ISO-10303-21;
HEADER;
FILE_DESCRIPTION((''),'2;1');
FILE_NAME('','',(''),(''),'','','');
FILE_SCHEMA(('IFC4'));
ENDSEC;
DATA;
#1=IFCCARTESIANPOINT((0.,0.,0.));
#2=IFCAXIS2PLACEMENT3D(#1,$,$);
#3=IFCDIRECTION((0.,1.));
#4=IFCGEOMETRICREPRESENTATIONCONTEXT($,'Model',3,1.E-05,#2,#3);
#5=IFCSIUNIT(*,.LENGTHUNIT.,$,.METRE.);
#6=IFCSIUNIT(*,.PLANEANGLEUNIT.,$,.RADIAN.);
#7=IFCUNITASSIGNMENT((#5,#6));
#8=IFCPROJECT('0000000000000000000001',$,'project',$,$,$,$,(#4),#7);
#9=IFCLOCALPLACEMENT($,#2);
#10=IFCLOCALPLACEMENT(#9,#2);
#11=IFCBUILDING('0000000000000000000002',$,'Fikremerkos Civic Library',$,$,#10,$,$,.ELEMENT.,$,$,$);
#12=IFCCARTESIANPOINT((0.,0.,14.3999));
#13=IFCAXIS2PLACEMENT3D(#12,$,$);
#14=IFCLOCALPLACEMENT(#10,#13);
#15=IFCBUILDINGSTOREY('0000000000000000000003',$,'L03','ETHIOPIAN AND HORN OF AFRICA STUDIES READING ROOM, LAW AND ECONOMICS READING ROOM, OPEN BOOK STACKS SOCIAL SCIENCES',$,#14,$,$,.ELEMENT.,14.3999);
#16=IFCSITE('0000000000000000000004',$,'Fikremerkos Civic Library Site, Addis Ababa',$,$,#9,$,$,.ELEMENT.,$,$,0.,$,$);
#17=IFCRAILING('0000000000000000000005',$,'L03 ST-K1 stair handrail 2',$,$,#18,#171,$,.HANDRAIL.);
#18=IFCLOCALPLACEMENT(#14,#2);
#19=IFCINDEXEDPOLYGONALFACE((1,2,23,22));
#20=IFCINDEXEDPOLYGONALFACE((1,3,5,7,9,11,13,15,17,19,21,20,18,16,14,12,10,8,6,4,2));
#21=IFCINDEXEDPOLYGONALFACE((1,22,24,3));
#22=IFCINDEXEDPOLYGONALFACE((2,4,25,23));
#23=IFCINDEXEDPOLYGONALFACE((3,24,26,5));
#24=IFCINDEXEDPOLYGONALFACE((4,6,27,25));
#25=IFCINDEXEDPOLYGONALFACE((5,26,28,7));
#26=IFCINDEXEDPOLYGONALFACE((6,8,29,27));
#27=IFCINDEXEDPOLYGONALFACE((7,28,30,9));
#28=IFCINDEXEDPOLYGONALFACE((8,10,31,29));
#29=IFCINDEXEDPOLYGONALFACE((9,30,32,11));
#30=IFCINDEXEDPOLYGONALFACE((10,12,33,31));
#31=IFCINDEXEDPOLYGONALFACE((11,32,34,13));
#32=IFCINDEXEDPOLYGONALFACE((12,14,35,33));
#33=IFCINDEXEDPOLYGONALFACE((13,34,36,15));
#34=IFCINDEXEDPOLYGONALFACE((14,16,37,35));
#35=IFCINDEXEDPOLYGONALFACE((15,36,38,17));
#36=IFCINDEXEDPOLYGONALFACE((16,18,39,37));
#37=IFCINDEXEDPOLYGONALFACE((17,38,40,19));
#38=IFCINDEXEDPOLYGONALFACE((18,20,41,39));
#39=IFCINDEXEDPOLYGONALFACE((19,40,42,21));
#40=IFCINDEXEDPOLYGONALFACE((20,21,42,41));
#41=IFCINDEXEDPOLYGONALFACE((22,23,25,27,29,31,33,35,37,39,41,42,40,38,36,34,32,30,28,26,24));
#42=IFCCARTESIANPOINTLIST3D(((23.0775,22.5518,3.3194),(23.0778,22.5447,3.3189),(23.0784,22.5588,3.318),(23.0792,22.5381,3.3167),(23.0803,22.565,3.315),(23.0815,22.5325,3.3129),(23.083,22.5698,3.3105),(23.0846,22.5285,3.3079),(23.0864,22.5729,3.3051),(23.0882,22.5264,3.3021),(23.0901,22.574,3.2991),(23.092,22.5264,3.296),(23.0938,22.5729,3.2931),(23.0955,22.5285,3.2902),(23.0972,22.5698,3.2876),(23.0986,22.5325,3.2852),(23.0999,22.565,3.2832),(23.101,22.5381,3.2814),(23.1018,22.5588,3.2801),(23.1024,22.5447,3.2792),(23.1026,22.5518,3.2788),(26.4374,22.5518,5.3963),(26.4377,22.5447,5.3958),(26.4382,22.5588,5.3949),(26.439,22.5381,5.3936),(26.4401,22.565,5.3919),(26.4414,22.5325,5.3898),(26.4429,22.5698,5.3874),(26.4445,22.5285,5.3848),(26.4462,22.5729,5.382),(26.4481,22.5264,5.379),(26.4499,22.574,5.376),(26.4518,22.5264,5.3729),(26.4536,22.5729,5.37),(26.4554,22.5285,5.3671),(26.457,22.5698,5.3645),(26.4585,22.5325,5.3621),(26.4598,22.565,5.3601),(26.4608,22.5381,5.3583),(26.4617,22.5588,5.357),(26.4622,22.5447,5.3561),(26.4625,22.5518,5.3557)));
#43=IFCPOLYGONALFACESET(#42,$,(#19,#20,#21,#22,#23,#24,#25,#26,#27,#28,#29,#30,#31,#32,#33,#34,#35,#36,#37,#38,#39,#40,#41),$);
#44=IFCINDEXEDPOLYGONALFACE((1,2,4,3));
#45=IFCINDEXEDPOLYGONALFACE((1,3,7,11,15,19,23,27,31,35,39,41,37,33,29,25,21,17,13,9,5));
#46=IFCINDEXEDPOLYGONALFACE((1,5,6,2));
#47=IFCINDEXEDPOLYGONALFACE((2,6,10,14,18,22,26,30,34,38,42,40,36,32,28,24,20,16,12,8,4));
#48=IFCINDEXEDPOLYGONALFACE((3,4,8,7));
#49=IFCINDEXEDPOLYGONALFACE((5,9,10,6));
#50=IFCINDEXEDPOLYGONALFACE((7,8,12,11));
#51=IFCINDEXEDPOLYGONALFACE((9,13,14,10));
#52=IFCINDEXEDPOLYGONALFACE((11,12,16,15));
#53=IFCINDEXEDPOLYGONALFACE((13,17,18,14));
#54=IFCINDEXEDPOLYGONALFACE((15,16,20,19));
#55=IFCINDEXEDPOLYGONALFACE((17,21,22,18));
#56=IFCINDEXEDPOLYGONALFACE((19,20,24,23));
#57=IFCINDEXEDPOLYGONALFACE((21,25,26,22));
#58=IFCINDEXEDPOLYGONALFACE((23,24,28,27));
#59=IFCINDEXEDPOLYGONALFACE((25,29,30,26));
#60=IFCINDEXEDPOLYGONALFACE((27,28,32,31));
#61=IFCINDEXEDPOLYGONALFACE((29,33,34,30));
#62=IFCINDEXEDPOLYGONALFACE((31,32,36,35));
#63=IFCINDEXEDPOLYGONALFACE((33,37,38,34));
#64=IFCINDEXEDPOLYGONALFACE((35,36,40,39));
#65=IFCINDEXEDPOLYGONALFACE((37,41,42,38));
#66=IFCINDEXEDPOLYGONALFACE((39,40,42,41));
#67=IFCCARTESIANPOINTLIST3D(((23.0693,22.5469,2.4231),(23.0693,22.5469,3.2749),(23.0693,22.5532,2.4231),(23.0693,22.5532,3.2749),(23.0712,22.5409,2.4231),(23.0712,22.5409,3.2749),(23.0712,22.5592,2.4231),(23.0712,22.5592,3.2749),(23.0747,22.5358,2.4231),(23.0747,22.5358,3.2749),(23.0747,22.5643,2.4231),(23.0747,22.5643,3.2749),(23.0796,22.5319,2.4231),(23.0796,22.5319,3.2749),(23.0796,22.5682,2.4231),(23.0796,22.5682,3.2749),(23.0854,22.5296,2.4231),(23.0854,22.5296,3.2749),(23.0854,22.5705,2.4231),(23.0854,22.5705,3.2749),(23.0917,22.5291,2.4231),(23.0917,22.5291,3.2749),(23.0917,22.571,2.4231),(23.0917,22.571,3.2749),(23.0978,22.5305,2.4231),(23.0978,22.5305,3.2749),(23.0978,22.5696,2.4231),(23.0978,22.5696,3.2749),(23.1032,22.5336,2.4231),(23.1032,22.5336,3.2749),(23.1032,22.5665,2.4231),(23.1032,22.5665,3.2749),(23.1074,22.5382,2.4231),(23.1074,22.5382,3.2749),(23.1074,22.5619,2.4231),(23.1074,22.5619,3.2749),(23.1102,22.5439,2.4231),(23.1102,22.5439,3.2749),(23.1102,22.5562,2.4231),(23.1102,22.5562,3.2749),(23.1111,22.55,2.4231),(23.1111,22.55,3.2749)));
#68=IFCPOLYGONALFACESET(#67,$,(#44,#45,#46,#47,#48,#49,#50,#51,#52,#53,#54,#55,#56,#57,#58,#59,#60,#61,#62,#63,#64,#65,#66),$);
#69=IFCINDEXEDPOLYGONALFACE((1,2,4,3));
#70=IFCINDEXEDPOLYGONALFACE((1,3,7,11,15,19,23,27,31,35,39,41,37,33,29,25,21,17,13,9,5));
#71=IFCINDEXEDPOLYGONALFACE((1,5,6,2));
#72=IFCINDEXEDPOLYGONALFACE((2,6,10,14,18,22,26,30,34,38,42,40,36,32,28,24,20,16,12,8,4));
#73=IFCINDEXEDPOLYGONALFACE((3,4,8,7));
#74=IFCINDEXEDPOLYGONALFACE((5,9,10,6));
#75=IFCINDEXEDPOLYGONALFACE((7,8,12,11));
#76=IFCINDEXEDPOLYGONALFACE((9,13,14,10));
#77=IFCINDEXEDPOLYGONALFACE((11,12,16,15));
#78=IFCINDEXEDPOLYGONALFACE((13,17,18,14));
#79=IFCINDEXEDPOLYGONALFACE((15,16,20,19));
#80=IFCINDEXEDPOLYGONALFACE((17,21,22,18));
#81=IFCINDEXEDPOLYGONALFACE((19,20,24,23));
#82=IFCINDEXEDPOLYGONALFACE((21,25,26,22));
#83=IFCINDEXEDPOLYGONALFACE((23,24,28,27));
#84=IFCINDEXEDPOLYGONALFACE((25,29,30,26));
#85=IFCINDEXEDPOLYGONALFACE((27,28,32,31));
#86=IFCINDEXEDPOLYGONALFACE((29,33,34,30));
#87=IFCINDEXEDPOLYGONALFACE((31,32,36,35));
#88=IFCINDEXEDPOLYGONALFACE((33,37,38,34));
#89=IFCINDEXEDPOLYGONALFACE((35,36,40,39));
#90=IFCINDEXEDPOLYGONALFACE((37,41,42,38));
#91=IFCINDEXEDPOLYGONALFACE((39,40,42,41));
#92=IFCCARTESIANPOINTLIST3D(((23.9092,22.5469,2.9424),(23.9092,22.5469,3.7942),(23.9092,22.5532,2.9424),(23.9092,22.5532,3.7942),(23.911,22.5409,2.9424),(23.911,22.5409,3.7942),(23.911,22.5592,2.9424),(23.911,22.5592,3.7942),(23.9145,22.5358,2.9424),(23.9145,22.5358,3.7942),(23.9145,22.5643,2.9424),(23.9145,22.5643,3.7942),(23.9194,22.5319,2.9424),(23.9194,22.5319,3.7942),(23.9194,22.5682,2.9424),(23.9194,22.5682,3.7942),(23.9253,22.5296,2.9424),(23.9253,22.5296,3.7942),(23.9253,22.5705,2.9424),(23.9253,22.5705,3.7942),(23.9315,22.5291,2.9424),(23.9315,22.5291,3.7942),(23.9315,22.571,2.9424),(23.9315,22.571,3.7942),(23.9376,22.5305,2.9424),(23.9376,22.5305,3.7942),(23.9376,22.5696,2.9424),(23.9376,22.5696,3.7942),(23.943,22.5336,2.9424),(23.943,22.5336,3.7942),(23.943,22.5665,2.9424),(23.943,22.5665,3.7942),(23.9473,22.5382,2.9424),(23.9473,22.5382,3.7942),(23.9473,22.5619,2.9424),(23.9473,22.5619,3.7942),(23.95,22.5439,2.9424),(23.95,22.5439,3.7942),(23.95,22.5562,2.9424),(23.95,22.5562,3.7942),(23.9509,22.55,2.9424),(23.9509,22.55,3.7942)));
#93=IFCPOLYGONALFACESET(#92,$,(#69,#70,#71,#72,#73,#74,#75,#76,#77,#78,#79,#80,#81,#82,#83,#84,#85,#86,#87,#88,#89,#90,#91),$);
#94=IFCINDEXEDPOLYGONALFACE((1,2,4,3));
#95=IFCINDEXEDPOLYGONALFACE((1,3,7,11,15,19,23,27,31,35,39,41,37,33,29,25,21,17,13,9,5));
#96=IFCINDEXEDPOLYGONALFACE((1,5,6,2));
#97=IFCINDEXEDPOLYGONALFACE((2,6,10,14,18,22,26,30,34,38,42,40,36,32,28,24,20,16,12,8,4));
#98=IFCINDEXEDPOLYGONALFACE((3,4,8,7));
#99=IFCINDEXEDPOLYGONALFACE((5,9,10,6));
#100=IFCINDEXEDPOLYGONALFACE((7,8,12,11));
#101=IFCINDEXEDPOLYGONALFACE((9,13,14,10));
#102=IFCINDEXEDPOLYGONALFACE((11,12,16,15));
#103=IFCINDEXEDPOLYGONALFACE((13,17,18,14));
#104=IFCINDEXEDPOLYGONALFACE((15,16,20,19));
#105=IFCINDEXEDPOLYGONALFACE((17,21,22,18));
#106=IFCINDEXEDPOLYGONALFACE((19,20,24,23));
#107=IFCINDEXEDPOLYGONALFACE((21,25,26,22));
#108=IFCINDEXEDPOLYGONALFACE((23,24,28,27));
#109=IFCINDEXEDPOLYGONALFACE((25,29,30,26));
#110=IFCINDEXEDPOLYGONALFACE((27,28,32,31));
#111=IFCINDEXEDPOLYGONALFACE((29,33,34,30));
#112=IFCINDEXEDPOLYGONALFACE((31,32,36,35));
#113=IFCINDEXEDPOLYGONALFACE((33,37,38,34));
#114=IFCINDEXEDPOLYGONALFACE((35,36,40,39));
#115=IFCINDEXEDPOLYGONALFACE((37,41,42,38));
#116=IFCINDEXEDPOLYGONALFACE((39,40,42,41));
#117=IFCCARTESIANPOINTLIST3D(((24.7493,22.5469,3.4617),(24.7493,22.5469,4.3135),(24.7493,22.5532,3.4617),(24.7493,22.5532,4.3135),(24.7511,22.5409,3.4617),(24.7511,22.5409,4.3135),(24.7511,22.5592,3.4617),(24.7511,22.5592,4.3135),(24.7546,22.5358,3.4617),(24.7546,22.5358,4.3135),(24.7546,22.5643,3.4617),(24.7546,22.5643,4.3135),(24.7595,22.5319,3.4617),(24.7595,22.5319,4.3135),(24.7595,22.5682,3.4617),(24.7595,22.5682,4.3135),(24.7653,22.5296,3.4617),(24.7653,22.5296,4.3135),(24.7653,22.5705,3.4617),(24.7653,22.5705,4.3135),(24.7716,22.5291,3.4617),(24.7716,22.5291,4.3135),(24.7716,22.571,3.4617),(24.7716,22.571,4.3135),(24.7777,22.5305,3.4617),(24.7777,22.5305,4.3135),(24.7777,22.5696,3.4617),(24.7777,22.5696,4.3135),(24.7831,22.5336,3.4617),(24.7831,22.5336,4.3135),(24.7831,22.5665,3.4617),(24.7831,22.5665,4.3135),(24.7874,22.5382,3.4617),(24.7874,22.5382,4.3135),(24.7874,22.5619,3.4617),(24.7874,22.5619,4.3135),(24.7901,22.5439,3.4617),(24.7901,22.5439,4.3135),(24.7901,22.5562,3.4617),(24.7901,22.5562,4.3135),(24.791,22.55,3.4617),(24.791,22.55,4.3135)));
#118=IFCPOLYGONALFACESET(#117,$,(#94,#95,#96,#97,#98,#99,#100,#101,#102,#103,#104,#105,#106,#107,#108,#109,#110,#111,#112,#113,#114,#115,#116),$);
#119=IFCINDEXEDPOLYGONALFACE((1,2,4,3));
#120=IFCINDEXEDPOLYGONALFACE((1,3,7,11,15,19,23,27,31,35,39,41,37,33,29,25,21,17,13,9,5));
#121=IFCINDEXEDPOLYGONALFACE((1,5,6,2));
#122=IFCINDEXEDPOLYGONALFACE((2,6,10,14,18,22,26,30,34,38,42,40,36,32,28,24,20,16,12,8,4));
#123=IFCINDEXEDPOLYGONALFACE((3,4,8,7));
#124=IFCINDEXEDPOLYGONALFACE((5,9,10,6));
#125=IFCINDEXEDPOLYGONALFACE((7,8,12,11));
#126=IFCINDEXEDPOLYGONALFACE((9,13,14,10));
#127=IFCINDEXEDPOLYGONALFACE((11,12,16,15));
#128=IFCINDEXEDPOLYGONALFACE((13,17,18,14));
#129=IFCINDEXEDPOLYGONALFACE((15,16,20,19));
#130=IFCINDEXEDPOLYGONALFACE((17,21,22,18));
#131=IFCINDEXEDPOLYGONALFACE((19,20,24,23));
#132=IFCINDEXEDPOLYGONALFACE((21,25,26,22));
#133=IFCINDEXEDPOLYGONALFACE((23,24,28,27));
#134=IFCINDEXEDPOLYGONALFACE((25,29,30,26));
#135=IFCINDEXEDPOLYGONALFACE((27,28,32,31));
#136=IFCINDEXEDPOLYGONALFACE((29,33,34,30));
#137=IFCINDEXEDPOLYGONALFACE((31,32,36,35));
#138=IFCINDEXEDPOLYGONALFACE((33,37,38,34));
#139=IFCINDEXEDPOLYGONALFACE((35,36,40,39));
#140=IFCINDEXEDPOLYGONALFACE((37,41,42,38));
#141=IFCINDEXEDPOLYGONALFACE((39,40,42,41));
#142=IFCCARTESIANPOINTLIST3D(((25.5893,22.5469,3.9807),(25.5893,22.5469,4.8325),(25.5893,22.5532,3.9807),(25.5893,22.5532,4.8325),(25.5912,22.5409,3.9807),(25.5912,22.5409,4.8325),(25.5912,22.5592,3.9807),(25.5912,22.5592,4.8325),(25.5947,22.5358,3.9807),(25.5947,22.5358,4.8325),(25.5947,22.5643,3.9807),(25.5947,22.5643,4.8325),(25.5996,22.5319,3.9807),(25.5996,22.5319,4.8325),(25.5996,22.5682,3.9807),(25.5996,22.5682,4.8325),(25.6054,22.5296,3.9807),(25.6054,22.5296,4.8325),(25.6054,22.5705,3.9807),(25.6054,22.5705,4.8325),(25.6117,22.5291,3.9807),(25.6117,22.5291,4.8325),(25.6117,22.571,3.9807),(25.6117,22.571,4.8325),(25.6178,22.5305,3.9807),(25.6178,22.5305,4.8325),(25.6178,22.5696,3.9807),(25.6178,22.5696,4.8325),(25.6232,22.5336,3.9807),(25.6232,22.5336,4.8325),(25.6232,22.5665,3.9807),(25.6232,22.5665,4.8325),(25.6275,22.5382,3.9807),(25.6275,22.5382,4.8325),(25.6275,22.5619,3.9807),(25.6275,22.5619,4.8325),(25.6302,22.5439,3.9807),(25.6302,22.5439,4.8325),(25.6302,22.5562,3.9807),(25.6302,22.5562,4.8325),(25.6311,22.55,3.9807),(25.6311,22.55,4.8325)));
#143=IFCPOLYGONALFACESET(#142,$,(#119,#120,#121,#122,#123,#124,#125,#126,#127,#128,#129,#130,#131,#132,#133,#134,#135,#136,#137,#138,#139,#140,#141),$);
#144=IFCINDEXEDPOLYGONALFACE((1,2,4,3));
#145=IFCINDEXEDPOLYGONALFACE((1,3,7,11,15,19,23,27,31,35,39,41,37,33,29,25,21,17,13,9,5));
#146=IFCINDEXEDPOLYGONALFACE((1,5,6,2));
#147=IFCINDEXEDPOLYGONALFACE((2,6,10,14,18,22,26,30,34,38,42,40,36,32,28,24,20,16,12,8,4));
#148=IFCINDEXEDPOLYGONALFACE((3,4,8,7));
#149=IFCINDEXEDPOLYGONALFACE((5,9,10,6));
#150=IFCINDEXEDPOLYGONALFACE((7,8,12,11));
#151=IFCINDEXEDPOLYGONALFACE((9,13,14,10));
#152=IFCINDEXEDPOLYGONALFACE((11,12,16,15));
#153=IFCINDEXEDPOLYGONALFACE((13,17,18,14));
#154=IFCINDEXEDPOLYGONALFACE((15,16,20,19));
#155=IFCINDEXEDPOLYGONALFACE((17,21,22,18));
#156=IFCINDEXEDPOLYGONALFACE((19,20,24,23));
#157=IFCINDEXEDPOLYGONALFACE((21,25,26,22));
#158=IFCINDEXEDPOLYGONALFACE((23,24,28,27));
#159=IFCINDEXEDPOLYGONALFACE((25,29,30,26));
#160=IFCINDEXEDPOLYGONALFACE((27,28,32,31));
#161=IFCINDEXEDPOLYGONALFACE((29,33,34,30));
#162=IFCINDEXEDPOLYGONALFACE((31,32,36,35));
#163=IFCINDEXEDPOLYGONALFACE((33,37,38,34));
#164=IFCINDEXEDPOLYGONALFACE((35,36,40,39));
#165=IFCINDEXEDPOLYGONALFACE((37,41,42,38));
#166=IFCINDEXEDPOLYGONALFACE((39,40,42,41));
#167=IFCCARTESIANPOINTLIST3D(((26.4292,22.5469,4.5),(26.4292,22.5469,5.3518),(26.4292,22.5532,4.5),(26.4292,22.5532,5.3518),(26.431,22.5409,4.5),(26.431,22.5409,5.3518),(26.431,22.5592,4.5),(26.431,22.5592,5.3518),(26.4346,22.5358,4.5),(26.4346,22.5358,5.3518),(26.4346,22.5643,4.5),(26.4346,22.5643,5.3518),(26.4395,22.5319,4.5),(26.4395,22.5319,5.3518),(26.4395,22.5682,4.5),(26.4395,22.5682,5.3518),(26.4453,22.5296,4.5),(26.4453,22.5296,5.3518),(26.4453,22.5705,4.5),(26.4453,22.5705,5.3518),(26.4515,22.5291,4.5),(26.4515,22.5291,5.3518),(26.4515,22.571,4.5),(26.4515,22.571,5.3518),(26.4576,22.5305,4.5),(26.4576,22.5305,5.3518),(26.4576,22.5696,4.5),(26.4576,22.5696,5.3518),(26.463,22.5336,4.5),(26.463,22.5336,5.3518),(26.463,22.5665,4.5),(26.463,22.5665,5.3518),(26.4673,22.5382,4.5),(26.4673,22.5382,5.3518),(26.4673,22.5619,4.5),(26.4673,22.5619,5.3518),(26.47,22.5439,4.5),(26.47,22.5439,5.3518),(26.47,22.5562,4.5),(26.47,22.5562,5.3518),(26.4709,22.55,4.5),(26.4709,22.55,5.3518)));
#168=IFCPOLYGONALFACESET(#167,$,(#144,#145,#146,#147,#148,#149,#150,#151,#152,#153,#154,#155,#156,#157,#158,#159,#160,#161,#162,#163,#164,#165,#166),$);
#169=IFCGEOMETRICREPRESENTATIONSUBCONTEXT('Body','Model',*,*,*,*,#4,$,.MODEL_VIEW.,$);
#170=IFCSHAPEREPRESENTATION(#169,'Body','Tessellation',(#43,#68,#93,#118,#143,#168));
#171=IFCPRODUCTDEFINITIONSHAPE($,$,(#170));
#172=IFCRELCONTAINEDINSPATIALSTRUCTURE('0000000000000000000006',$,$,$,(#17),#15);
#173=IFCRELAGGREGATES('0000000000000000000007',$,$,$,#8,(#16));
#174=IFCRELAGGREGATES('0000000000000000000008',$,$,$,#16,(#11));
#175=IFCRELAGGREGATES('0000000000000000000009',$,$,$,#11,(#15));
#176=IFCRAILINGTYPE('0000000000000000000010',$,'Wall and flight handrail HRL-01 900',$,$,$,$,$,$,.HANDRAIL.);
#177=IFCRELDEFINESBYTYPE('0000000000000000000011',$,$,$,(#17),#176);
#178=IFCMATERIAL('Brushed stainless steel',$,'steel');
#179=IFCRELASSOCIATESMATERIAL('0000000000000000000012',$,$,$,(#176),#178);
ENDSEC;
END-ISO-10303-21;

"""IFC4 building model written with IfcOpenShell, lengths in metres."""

from ifc_helpers import new_model, si_unit, direction, frame, origin, origin_2d, place, context, subcontext, project, spatial, circle, extrude, material, type_object, element, save


model = new_model("IFC4")

# Units and contexts
model_context = context("Model", 3, precision=1e-05, world=origin(), true_north=direction((0.0, 1.0)))
body_context = subcontext(model_context, "Body", "Model", "MODEL_VIEW")
ifc_project = project(units=[si_unit("LENGTHUNIT", "METRE"), si_unit("PLANEANGLEUNIT", "RADIAN")], contexts=[model_context])

# Site, building, storey
site_placement = place(None, origin())
site = spatial("IfcSite", under=ifc_project, at=site_placement, Name="Fikremerkos Civic Library Site, Addis Ababa", CompositionType="ELEMENT", RefElevation=0.0)
building_placement = place(site_placement, origin())
building = spatial("IfcBuilding", under=site, at=building_placement, Name="Fikremerkos Civic Library", CompositionType="ELEMENT")
storey_placement = place(building_placement, frame((0.0, 0.0, 14.3999)))
storey = spatial("IfcBuildingStorey", under=building, at=storey_placement, Name="L03", Description="ETHIOPIAN AND HORN OF AFRICA STUDIES READING ROOM, LAW AND ECONOMICS READING ROOM, OPEN BOOK STACKS SOCIAL SCIENCES", CompositionType="ELEMENT", Elevation=14.3999)

# Railing
ifc_material_1 = material(Name="Brushed stainless steel", Category="steel")
railing_type_1 = type_object("IfcRailingType", Name="Wall and flight handrail HRL-01 900", PredefinedType="HANDRAIL", material=ifc_material_1)
railing_1_placement = place(storey_placement, frame((23.0901, 22.55, 2.4231)))
element("IfcRailing", 1, at=railing_1_placement, inside=storey, type_object=railing_type_1, Name="L03 ST-K1 stair handrail 2", PredefinedType="HANDRAIL", context=body_context, shape_type="SweptSolid", body=[
    extrude(circle(Radius=0.0239, at=origin_2d()), frame((0.0, 0.0, 0.876), z_axis=(0.850606, 0.0, 0.525803), x_axis=(0.0, 1.0, 0.0)), (0.0, 0.0, 1.0), 3.95),
    extrude(circle(Radius=0.021, at=origin_2d()), origin(), (0.0, 0.0, 1.0), 0.8518),
    extrude(circle(Radius=0.021, at=origin_2d()), frame((0.8398, 0.0, 0.5193)), (0.0, 0.0, 1.0), 0.8518),
    extrude(circle(Radius=0.021, at=origin_2d()), frame((1.6799, 0.0, 1.0386)), (0.0, 0.0, 1.0), 0.8518),
    extrude(circle(Radius=0.021, at=origin_2d()), frame((2.52, 0.0, 1.5576)), (0.0, 0.0, 1.0), 0.8518),
    extrude(circle(Radius=0.021, at=origin_2d()), frame((3.3599, 0.0, 2.0769)), (0.0, 0.0, 1.0), 0.8518),
])

save(model, "model.ifc")
